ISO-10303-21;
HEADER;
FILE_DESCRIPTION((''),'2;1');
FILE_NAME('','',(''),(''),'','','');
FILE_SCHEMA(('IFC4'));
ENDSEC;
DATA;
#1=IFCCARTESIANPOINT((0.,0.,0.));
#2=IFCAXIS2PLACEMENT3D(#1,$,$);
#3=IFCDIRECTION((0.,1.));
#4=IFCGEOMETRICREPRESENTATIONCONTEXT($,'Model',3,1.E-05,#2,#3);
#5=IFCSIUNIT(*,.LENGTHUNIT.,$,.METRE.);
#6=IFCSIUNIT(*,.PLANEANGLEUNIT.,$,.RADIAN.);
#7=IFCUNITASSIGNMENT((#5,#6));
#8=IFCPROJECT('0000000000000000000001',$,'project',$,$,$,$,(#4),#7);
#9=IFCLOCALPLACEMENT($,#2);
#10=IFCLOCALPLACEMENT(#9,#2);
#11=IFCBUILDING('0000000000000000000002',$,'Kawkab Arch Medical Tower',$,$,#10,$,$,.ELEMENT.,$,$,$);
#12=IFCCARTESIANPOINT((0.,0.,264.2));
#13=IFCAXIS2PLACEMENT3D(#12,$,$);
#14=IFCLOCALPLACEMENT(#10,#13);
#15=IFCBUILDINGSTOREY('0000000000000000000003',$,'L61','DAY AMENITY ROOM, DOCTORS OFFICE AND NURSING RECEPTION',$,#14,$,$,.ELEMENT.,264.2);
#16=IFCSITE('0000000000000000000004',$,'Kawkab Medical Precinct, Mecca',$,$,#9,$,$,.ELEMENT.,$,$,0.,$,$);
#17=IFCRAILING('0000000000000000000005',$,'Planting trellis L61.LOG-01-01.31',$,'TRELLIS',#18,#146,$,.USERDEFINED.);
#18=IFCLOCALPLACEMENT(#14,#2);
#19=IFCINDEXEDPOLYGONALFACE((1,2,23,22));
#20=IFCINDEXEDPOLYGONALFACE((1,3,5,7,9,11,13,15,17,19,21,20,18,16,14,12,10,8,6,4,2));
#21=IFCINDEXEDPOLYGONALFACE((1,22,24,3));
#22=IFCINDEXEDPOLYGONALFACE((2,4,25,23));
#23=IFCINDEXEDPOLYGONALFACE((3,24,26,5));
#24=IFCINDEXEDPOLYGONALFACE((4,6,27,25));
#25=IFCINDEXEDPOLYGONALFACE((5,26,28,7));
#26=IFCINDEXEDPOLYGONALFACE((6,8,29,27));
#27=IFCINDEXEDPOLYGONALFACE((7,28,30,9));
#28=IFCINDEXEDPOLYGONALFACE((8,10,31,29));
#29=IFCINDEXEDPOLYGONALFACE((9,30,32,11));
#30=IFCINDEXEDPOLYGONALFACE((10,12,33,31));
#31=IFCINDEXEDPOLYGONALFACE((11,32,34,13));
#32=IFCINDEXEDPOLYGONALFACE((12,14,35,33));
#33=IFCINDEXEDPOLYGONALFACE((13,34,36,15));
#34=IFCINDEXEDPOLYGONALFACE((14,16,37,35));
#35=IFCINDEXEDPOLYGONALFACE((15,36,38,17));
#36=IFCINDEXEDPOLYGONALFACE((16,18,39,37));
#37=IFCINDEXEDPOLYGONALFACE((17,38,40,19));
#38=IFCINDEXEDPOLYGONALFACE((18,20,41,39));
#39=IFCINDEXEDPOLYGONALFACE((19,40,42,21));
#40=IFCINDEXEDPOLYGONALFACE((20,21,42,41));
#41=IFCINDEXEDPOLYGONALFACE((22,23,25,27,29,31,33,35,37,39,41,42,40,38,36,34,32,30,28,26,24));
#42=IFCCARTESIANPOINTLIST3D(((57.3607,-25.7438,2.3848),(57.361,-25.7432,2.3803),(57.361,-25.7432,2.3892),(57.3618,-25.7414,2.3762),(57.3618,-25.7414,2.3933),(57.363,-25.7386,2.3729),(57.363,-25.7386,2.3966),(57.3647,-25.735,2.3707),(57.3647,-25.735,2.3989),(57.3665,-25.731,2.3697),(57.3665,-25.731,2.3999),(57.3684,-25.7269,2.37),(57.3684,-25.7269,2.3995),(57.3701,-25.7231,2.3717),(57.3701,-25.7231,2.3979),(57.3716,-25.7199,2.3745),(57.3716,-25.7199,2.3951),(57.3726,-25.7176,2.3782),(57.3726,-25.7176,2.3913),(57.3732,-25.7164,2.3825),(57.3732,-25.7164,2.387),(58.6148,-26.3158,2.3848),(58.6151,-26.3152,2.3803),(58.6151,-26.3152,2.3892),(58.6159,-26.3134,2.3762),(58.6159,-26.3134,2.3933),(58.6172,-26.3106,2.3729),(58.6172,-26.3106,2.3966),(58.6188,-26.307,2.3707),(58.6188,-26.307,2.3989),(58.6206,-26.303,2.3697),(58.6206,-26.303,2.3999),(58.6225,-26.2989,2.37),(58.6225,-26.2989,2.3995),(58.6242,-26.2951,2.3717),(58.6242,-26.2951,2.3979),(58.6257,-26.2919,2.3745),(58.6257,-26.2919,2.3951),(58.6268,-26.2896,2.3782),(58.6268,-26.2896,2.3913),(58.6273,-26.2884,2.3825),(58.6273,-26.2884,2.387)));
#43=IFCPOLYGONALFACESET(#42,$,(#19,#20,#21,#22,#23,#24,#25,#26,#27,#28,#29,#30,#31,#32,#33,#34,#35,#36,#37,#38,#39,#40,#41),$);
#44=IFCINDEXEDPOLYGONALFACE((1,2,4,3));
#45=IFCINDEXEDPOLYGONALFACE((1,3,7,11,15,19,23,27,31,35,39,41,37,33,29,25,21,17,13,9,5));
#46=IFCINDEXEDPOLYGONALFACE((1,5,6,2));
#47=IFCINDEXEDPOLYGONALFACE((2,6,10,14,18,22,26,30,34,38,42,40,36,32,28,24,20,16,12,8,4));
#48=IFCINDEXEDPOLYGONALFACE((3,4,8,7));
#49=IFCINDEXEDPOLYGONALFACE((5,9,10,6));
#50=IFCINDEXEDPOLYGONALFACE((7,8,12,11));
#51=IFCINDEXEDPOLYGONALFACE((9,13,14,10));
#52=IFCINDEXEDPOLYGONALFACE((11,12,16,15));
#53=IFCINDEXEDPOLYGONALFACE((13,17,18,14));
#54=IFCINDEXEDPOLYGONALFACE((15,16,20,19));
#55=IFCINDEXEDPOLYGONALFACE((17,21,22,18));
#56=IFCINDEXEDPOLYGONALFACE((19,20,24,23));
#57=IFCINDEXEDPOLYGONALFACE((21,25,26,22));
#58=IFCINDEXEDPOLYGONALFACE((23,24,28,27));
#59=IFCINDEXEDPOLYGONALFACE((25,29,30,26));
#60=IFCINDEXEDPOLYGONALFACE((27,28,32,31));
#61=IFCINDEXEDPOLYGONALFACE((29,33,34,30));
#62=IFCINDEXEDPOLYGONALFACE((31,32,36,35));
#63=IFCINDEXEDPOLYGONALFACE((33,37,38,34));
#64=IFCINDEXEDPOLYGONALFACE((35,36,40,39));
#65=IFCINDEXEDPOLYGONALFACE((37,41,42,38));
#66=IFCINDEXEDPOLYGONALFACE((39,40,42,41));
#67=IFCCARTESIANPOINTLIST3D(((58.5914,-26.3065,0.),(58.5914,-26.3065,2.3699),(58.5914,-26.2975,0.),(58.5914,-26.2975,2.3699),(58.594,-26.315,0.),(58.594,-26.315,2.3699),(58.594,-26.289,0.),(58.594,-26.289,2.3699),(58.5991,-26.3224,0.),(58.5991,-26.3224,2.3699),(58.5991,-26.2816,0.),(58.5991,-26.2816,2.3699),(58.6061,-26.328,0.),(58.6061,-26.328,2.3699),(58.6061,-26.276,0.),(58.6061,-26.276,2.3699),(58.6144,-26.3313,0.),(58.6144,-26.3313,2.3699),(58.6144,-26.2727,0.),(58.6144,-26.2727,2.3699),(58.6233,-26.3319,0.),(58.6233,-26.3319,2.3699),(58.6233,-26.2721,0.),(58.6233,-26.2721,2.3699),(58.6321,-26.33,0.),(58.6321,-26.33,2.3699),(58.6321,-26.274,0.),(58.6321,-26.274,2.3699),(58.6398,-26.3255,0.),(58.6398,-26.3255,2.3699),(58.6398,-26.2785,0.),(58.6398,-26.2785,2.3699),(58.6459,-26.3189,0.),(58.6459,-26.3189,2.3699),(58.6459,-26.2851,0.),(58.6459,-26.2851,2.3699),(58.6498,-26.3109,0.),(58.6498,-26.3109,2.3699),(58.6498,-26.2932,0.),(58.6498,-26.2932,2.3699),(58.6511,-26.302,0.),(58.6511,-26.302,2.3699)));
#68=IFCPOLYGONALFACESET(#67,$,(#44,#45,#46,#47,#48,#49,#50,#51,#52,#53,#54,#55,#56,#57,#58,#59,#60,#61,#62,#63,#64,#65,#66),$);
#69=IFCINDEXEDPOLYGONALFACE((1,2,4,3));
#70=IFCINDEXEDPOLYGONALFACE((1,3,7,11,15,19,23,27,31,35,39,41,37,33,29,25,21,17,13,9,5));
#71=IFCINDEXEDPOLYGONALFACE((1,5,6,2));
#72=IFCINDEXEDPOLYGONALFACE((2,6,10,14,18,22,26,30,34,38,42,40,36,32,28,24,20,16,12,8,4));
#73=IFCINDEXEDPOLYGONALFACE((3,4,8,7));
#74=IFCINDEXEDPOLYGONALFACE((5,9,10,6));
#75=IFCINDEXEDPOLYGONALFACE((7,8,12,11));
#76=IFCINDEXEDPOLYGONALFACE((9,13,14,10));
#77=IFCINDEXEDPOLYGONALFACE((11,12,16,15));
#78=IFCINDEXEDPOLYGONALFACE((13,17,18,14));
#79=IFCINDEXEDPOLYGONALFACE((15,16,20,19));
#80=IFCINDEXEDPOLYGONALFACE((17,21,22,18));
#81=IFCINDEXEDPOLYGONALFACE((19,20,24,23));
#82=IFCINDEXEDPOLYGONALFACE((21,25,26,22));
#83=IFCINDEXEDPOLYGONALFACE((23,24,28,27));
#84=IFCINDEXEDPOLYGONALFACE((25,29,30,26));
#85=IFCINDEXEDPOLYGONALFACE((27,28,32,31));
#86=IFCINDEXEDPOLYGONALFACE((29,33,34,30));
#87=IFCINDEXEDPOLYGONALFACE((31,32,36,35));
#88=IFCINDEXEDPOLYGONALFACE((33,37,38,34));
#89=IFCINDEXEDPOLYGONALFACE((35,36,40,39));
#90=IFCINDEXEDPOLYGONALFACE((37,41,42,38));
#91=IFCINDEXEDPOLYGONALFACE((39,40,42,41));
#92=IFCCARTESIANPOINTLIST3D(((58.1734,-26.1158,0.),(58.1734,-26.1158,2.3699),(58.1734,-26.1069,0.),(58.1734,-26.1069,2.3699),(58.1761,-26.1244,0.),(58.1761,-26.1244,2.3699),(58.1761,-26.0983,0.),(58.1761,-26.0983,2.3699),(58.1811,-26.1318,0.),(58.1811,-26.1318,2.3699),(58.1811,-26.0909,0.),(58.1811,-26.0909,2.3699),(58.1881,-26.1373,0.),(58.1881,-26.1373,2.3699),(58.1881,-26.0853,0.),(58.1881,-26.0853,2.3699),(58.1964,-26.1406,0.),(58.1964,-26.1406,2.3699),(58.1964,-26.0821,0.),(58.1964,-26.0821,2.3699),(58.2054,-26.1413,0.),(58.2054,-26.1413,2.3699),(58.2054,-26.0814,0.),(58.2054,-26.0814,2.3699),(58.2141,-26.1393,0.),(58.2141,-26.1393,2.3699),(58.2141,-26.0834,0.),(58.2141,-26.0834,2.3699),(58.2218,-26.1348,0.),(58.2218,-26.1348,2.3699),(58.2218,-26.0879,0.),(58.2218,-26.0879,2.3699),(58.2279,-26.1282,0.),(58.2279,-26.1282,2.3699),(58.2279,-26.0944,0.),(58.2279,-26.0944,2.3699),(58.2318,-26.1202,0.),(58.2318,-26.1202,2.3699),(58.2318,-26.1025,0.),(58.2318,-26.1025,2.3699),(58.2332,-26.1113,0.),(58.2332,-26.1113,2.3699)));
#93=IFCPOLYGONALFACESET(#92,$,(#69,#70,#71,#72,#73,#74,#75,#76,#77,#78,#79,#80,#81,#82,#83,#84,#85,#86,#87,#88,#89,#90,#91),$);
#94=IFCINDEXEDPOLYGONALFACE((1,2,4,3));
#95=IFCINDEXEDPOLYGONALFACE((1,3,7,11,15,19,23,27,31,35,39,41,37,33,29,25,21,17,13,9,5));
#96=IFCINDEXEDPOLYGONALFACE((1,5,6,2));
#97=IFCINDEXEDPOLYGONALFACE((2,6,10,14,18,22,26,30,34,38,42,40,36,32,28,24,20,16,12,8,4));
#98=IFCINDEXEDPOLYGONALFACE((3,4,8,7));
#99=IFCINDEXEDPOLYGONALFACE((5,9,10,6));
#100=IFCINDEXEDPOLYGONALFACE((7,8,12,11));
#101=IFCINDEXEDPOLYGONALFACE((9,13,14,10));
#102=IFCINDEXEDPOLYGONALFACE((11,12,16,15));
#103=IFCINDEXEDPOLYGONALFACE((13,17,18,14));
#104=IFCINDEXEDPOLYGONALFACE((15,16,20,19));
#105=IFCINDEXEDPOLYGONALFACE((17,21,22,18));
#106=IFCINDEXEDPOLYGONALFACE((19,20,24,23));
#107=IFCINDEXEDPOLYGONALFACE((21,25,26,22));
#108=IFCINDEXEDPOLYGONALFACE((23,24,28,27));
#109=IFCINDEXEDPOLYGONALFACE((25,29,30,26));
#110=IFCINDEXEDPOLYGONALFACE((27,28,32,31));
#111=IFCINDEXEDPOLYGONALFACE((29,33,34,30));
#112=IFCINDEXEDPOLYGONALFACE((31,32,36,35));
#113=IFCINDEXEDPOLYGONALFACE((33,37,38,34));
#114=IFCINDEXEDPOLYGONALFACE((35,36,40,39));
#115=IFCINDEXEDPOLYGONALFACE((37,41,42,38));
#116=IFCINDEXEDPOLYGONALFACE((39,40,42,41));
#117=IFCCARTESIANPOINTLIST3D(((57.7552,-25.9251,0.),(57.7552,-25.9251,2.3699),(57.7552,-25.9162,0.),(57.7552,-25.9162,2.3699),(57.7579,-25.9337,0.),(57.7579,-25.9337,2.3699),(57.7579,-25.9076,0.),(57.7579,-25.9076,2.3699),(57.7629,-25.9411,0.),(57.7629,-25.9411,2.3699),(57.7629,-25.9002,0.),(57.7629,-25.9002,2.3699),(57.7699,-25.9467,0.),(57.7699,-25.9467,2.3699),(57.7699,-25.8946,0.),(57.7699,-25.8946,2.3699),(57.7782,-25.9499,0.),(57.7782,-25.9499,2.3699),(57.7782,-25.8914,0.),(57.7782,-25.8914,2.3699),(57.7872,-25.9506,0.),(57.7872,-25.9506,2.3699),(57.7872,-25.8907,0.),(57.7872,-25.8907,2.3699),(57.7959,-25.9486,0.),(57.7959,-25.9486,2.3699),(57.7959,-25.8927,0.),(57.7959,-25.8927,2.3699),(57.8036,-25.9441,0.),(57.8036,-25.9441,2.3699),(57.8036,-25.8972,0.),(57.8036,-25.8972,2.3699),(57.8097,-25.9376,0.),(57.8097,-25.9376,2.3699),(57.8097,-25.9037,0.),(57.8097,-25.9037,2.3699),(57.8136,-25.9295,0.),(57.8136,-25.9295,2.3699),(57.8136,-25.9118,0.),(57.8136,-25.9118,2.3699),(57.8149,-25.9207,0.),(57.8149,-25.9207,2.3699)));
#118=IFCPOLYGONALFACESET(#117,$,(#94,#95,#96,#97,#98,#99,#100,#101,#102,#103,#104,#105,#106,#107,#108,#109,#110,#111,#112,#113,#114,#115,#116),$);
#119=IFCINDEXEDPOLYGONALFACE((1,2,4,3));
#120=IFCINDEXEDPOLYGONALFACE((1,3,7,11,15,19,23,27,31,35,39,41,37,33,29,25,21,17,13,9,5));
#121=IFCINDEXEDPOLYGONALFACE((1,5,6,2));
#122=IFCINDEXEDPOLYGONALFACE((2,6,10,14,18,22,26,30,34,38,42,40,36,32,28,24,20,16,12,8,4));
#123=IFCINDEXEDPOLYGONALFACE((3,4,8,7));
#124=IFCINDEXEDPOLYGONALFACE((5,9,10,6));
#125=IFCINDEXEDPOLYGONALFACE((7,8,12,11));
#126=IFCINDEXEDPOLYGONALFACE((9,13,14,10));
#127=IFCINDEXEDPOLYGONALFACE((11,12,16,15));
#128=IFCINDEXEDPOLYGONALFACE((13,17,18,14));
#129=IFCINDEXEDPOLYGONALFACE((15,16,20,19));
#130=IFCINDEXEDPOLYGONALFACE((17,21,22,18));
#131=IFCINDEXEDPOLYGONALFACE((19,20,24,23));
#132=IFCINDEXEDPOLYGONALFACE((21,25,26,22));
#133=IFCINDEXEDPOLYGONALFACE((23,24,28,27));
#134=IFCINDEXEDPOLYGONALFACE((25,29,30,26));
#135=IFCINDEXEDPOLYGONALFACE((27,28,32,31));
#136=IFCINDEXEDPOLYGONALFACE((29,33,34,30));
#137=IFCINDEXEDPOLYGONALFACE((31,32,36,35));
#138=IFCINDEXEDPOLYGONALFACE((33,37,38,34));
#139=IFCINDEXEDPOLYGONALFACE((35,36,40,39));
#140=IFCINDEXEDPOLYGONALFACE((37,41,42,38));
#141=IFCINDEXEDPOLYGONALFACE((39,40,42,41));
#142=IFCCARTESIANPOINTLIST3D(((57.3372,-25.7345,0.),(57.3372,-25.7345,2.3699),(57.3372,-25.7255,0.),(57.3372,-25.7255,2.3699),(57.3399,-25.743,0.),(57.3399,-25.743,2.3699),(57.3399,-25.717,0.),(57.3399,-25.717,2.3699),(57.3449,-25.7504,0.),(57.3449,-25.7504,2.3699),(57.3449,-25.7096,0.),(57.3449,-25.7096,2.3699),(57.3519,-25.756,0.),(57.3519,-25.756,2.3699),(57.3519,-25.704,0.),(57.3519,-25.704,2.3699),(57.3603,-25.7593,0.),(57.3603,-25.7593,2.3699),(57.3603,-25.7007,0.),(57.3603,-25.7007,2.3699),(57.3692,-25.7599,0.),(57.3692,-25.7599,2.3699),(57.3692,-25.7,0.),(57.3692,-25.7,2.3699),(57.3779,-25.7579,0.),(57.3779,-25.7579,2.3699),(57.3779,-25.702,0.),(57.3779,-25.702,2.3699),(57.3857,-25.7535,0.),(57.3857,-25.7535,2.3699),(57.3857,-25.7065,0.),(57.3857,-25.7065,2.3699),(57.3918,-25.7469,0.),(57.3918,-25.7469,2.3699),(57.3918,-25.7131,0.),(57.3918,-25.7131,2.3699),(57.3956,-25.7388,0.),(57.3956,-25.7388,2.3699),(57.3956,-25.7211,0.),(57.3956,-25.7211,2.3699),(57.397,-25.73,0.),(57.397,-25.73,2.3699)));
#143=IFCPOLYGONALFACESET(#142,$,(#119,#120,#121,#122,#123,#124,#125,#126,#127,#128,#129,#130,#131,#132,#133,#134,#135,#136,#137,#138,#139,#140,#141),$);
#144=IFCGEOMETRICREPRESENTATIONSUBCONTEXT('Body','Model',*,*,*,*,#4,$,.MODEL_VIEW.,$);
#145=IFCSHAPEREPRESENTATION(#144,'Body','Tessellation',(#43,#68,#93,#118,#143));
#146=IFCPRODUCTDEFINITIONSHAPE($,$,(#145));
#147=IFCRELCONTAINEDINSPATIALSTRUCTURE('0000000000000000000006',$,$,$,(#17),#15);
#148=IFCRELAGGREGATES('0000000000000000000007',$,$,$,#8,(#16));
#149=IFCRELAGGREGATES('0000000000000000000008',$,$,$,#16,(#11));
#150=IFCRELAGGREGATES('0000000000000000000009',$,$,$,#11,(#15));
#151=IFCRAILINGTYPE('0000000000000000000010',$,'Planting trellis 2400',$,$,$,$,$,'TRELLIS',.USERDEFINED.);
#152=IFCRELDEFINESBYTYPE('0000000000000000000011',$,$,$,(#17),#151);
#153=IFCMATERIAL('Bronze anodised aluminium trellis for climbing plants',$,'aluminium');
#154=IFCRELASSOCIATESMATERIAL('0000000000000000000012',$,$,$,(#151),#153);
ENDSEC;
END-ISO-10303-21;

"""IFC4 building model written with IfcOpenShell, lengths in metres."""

from ifc_helpers import new_model, si_unit, direction, frame, origin, origin_2d, place, context, subcontext, project, spatial, circle, extrude, material, type_object, element, save


model = new_model("IFC4")

# Units and contexts
model_context = context("Model", 3, precision=1e-05, world=origin(), true_north=direction((0.0, 1.0)))
body_context = subcontext(model_context, "Body", "Model", "MODEL_VIEW")
ifc_project = project(units=[si_unit("LENGTHUNIT", "METRE"), si_unit("PLANEANGLEUNIT", "RADIAN")], contexts=[model_context])

# Site, building, storey
site_placement = place(None, origin())
site = spatial("IfcSite", under=ifc_project, at=site_placement, Name="Kawkab Medical Precinct, Mecca", CompositionType="ELEMENT", RefElevation=0.0)
building_placement = place(site_placement, origin())
building = spatial("IfcBuilding", under=site, at=building_placement, Name="Kawkab Arch Medical Tower", CompositionType="ELEMENT")
storey_placement = place(building_placement, frame((0.0, 0.0, 264.2)))
storey = spatial("IfcBuildingStorey", under=building, at=storey_placement, Name="L61", Description="DAY AMENITY ROOM, DOCTORS OFFICE AND NURSING RECEPTION", CompositionType="ELEMENT", Elevation=264.2)

# Railing
ifc_material_1 = material(Name="Bronze anodised aluminium trellis for climbing plants", Category="aluminium")
railing_type = type_object("IfcRailingType", Name="Planting trellis 2400", ElementType="TRELLIS", PredefinedType="USERDEFINED", material=ifc_material_1)
railing_1_placement = place(storey_placement, frame((58.6211, -26.302, 0.0)))
element("IfcRailing", 1, at=railing_1_placement, inside=storey, type_object=railing_type, Name="Planting trellis L61.LOG-01-01.31", ObjectType="TRELLIS", PredefinedType="USERDEFINED", context=body_context, shape_type="SweptSolid", body=[
    extrude(circle(Radius=0.0151, at=origin_2d()), frame((0.0, 0.0, 2.3848), z_axis=(-0.909832, 0.414977, 0.0), x_axis=(-0.414977, -0.909832, 0.0)), (0.0, 0.0, 1.0), 1.3784),
    extrude(circle(Radius=0.03, at=origin_2d()), origin(), (0.0, 0.0, 1.0), 2.3699),
    extrude(circle(Radius=0.03, at=origin_2d()), frame((-0.418, 0.1907, 0.0)), (0.0, 0.0, 1.0), 2.3699),
    extrude(circle(Radius=0.03, at=origin_2d()), frame((-0.8362, 0.3813, 0.0)), (0.0, 0.0, 1.0), 2.3699),
    extrude(circle(Radius=0.03, at=origin_2d()), frame((-1.2542, 0.572, 0.0)), (0.0, 0.0, 1.0), 2.3699),
])

save(model, "model.ifc")
